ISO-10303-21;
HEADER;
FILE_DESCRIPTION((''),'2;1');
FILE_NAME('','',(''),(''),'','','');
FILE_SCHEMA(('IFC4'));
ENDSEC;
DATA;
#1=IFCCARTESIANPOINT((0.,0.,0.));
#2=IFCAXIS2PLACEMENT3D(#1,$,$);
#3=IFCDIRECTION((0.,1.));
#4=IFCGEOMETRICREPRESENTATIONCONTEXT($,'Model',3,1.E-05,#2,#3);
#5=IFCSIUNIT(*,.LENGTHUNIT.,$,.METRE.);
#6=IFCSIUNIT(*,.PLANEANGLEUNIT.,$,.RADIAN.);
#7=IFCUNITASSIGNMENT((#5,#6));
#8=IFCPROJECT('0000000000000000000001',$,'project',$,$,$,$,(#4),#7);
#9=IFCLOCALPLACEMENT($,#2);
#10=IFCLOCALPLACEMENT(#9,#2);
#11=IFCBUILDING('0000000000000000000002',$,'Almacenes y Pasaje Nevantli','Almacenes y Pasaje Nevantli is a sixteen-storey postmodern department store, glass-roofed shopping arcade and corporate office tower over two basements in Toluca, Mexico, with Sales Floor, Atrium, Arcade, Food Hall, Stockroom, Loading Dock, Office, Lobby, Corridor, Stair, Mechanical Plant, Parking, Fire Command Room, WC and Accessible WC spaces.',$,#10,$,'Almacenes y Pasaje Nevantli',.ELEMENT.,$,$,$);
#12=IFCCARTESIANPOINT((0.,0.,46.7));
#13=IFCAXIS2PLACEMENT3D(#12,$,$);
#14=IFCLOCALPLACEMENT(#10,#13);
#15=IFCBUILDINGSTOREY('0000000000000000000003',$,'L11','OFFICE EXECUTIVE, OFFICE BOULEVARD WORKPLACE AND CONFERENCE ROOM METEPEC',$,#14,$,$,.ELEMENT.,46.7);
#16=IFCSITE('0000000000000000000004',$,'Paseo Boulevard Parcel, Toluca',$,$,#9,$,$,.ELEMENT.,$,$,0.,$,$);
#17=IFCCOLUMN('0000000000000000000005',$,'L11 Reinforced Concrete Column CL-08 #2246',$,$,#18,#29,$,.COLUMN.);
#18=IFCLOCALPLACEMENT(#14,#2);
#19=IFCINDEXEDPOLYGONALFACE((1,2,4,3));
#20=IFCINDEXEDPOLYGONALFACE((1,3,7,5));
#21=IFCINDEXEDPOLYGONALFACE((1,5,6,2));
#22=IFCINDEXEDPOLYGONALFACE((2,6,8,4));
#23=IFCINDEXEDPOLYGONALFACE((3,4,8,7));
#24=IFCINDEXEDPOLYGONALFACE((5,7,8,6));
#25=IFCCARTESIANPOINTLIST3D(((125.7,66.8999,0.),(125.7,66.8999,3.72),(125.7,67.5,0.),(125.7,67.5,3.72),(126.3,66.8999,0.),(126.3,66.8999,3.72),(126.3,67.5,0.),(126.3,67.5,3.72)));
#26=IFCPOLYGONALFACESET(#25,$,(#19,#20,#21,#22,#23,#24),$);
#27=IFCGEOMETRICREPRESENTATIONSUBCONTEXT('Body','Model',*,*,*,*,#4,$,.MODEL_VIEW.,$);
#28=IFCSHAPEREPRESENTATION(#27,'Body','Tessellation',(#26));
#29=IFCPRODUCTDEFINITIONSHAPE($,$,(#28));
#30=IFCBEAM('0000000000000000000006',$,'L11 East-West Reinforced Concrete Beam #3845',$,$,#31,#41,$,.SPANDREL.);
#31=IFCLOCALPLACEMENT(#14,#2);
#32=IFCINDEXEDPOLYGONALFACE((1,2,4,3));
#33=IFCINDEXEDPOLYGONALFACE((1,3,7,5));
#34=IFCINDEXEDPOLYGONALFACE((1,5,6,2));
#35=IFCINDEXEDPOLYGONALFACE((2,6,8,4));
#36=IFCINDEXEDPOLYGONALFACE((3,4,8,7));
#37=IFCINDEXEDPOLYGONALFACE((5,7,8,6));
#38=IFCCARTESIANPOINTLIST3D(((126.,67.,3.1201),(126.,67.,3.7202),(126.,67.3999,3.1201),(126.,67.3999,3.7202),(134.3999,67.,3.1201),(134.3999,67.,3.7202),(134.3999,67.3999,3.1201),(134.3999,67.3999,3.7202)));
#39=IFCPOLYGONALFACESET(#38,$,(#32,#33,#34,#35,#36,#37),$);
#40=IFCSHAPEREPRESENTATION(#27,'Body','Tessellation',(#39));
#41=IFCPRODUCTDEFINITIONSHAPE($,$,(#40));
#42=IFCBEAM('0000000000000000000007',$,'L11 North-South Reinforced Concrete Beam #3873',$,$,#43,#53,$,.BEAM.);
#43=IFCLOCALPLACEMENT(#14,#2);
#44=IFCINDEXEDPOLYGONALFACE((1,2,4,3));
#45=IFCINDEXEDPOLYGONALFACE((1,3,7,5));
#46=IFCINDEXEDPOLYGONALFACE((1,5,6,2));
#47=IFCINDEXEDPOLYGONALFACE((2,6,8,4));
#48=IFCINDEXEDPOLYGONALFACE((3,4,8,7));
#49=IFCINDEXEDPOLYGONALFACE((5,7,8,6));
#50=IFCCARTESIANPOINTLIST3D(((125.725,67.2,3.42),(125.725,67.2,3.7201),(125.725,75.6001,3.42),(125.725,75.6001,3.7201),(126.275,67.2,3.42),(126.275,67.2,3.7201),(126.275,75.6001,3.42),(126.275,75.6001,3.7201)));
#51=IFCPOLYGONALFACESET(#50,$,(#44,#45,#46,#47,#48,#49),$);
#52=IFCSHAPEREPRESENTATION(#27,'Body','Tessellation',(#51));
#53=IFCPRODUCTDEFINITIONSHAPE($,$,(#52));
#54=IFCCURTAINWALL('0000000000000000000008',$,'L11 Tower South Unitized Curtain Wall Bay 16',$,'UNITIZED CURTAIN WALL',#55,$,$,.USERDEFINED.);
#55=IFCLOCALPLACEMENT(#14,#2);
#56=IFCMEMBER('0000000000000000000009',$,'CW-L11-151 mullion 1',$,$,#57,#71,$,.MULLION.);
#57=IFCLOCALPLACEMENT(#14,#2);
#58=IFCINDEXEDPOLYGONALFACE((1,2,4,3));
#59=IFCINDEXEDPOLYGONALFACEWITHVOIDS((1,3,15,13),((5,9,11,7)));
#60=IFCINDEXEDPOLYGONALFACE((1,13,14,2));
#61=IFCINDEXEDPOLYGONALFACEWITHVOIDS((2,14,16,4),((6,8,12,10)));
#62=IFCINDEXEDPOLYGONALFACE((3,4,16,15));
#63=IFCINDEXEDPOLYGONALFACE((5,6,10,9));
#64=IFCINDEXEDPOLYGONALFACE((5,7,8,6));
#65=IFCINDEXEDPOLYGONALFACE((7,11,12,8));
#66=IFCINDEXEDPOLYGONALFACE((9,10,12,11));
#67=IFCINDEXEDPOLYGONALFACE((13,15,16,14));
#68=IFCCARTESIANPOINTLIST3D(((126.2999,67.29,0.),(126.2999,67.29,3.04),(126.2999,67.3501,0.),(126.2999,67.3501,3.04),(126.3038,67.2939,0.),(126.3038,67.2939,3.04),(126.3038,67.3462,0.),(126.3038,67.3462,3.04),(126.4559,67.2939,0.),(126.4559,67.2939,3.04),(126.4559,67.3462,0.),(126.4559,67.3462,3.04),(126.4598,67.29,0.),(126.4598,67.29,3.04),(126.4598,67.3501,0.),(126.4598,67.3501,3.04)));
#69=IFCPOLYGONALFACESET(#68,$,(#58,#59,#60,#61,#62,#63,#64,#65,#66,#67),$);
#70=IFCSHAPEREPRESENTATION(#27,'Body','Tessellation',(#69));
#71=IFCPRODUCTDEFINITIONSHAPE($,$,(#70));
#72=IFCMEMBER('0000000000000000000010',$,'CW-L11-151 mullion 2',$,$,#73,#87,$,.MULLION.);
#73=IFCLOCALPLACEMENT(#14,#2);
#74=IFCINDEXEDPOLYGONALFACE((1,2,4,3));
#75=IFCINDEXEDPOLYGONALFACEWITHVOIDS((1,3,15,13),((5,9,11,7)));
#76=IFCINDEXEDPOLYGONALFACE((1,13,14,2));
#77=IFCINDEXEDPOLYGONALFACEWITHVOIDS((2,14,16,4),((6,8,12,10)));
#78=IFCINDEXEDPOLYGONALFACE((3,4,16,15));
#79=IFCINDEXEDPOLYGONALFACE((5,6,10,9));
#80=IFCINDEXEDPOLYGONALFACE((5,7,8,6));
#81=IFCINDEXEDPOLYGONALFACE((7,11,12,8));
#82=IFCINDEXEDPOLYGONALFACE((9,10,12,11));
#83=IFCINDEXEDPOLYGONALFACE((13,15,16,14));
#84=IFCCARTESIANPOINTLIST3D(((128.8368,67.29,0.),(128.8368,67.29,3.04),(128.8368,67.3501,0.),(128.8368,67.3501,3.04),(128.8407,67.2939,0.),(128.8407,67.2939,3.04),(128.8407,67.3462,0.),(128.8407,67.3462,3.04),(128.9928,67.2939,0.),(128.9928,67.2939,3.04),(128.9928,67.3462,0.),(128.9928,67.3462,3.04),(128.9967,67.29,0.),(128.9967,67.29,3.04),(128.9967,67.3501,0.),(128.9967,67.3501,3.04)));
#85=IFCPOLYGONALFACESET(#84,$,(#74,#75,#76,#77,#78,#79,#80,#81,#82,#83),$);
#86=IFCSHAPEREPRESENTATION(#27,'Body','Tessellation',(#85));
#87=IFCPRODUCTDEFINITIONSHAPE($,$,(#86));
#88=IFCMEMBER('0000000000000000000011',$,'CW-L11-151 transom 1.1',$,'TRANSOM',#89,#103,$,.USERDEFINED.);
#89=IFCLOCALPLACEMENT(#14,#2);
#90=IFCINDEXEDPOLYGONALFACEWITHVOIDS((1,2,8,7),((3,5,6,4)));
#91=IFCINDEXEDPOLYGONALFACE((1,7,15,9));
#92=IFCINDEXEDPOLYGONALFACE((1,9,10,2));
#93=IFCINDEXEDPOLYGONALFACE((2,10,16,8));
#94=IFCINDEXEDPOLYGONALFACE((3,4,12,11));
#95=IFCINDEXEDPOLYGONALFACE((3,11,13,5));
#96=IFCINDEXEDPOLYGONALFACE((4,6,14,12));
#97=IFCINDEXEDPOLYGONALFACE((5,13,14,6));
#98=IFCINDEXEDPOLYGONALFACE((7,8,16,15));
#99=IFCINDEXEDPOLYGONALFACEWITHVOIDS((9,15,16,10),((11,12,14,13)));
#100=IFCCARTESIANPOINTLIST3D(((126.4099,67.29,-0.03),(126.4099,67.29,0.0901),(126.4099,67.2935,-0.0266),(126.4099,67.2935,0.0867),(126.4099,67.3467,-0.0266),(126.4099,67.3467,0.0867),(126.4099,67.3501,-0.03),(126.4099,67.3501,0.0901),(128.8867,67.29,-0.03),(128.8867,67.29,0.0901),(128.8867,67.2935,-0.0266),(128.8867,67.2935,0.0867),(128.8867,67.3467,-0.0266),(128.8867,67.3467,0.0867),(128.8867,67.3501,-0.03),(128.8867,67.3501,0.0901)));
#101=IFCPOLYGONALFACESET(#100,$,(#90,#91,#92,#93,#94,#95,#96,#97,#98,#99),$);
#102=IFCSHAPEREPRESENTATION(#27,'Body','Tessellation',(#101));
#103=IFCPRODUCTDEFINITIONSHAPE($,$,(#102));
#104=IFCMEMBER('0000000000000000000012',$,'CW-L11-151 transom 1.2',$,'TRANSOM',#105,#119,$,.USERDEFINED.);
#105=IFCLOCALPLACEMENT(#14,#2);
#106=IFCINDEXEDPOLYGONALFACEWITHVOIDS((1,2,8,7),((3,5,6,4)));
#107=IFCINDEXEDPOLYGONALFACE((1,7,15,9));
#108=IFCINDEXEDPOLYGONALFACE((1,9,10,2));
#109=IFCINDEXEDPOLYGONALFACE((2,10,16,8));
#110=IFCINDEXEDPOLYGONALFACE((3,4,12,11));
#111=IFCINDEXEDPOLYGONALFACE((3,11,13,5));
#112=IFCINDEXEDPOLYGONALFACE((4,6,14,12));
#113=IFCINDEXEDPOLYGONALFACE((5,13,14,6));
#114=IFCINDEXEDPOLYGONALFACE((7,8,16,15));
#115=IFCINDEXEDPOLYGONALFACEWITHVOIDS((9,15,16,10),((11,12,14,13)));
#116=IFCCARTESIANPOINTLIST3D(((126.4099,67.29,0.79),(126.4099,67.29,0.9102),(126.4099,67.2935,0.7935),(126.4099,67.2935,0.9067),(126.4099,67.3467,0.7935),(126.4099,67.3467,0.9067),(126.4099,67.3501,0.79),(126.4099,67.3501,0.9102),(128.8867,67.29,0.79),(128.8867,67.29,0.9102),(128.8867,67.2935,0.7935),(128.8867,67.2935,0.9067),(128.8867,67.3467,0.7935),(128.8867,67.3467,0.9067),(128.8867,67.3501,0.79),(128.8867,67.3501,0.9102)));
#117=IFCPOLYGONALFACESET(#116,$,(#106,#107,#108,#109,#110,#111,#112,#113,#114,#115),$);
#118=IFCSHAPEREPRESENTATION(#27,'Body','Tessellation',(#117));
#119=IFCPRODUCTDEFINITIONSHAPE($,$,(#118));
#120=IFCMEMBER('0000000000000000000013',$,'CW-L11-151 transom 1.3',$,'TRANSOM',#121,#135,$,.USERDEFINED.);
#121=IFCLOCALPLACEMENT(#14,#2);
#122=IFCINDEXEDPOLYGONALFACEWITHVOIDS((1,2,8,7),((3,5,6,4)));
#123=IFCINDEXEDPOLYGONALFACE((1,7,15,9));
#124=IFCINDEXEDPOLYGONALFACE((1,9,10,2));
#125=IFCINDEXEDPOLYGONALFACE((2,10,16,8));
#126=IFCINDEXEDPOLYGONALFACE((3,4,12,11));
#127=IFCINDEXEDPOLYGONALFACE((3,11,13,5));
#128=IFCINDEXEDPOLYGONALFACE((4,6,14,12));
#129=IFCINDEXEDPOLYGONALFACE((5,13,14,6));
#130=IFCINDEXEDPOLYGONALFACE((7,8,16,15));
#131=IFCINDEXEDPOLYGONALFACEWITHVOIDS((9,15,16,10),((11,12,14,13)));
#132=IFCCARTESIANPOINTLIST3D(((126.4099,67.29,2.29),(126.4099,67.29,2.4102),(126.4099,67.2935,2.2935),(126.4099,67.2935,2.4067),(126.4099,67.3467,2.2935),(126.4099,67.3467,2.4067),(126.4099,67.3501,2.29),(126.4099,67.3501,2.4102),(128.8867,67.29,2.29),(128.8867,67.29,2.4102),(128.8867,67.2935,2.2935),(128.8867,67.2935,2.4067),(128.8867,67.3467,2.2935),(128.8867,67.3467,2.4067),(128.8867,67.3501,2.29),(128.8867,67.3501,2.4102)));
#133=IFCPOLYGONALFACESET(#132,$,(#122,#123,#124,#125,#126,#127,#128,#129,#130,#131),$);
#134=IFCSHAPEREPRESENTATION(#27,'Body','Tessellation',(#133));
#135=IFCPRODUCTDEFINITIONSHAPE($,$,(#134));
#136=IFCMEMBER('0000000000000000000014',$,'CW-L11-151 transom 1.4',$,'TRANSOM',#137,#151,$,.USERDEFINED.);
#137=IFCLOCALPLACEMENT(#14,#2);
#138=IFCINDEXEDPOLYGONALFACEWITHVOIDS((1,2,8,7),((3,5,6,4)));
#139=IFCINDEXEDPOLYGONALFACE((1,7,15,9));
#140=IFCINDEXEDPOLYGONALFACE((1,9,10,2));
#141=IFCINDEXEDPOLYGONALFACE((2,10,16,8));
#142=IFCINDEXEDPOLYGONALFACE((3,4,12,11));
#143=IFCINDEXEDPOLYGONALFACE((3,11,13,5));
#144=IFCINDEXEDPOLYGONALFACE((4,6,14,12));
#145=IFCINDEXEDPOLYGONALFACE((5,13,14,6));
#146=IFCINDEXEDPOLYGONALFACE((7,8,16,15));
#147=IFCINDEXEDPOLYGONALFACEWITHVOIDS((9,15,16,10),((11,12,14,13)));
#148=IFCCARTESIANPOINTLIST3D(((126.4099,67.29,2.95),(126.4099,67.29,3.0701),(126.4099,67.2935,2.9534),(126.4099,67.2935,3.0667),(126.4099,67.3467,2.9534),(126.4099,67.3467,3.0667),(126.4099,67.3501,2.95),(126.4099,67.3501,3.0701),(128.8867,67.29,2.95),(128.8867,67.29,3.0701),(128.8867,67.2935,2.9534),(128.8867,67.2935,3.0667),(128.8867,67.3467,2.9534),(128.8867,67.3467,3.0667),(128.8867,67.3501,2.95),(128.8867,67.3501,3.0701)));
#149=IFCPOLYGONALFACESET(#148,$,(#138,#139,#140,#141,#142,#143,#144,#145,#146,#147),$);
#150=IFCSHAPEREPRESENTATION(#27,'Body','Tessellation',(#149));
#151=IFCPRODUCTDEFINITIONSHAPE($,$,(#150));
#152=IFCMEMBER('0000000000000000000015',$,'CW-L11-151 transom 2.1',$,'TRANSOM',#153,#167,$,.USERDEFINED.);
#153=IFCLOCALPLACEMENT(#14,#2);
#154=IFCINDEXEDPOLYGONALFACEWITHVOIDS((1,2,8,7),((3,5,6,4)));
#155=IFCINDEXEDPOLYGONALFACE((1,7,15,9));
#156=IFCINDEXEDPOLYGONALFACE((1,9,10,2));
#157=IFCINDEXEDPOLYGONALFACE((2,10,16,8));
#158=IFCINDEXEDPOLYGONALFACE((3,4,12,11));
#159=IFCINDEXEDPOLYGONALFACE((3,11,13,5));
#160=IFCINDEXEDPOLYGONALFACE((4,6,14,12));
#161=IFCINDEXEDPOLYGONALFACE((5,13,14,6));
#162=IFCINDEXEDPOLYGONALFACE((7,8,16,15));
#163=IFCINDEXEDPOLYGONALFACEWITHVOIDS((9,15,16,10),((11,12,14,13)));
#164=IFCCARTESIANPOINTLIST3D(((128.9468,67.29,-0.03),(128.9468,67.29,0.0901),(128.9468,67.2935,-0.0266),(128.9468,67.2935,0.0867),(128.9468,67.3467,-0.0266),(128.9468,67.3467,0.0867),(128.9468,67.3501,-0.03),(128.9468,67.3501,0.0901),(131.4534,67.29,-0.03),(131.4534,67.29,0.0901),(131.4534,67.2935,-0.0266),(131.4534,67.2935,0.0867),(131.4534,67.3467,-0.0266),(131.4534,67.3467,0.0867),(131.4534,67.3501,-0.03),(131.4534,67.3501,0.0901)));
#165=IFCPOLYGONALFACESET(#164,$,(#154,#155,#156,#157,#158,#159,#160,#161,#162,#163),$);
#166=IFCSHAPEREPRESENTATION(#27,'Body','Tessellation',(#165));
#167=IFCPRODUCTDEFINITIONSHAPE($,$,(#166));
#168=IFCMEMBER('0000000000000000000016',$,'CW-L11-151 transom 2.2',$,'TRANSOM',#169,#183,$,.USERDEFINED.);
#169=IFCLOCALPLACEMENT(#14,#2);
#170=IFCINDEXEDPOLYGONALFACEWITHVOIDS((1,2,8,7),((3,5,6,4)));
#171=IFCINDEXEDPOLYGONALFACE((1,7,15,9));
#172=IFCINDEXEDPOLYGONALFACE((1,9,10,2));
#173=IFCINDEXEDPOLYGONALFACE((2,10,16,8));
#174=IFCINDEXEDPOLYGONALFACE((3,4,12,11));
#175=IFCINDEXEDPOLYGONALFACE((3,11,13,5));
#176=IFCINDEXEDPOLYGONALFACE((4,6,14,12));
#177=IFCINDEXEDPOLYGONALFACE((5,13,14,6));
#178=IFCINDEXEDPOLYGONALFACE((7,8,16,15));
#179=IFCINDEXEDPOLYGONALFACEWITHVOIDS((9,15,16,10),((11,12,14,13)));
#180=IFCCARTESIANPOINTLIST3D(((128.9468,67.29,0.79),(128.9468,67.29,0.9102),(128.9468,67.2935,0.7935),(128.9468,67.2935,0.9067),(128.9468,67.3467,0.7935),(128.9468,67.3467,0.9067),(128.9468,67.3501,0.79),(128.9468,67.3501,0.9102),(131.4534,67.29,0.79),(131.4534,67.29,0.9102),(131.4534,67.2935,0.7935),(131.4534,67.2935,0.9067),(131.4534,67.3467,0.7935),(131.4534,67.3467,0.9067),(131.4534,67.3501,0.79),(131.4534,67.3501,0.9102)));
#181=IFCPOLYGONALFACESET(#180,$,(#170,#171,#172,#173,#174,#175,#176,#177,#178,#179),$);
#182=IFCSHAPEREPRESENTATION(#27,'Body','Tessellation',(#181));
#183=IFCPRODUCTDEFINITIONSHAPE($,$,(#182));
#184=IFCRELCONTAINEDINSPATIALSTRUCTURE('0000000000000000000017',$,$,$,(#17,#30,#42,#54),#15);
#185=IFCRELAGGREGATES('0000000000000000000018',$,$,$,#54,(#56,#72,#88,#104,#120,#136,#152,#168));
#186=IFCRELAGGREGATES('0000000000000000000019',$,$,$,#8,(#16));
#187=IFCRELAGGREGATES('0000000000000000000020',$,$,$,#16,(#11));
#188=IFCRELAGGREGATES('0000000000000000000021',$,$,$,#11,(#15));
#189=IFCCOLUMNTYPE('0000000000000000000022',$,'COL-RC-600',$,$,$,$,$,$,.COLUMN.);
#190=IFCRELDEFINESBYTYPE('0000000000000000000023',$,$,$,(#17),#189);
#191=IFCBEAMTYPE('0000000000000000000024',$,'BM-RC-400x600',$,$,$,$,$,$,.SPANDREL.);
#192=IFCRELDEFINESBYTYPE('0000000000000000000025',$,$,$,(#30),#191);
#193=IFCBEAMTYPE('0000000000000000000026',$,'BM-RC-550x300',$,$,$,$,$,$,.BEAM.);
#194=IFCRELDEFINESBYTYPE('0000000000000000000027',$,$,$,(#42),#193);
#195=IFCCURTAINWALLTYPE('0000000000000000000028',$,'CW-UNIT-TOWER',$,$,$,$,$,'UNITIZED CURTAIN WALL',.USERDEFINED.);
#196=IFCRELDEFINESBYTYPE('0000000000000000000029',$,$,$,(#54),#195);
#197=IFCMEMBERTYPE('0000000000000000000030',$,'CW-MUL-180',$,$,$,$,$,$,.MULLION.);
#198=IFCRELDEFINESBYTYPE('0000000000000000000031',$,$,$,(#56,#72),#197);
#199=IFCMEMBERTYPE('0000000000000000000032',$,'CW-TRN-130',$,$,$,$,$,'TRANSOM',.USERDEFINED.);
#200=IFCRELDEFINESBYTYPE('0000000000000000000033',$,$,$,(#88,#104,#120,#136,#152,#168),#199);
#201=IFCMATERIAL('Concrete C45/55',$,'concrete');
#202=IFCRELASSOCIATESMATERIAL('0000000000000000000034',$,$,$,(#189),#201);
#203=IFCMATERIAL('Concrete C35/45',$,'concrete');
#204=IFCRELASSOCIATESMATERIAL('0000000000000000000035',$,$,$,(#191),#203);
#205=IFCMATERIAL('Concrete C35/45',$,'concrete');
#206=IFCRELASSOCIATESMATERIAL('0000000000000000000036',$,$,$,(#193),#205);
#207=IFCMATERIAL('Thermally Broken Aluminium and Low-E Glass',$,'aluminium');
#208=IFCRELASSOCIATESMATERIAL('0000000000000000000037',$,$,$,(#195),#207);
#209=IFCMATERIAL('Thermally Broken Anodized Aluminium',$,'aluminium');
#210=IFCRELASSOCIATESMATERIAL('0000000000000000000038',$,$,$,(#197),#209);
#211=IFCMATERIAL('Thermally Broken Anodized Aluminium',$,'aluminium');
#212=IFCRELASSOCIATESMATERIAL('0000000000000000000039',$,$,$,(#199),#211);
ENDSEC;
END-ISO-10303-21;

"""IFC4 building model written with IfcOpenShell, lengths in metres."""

from ifc_helpers import new_model, si_unit, direction, frame, origin, origin_2d, place, context, subcontext, project, spatial, rectangle, hollow_rectangle, extrude, material, material_profile, profile_set, type_object, element, aggregate, save


model = new_model("IFC4")

# Units and contexts
model_context = context("Model", 3, precision=1e-05, world=origin(), true_north=direction((0.0, 1.0)))
body_context = subcontext(model_context, "Body", "Model", "MODEL_VIEW")
ifc_project = project(units=[si_unit("LENGTHUNIT", "METRE"), si_unit("PLANEANGLEUNIT", "RADIAN")], contexts=[model_context])

# Site, building, storey
site_placement = place(None, origin())
site = spatial("IfcSite", under=ifc_project, at=site_placement, Name="Paseo Boulevard Parcel, Toluca", CompositionType="ELEMENT", RefElevation=0.0)
building_placement = place(site_placement, origin())
building = spatial("IfcBuilding", under=site, at=building_placement, Name="Almacenes y Pasaje Nevantli", Description="Almacenes y Pasaje Nevantli is a sixteen-storey postmodern department store, glass-roofed shopping arcade and corporate office tower over two basements in Toluca, Mexico, with Sales Floor, Atrium, Arcade, Food Hall, Stockroom, Loading Dock, Office, Lobby, Corridor, Stair, Mechanical Plant, Parking, Fire Command Room, WC and Accessible WC spaces.", LongName="Almacenes y Pasaje Nevantli", CompositionType="ELEMENT")
storey_placement = place(building_placement, frame((0.0, 0.0, 46.7)))
storey = spatial("IfcBuildingStorey", under=building, at=storey_placement, Name="L11", Description="OFFICE EXECUTIVE, OFFICE BOULEVARD WORKPLACE AND CONFERENCE ROOM METEPEC", CompositionType="ELEMENT", Elevation=46.7)

# Column
ifc_material_1 = material(Name="Concrete C45/55", Category="concrete")
ifc_material_profile_1 = material_profile(ifc_material_1, rectangle(XDim=0.6001, YDim=0.6001, at=origin_2d()), Name="RC-COL-600x600")
ifc_profile_set_1 = profile_set([ifc_material_profile_1], Name="Concrete C45/55")
column_type = type_object("IfcColumnType", Name="COL-RC-600", PredefinedType="COLUMN", material=ifc_profile_set_1)
column_placement = place(storey_placement, frame((126.0, 67.2, 0.0), z_axis=(0.0, 0.0, 1.0), x_axis=(1.0, 0.0, 0.0)))
element("IfcColumn", 1, at=column_placement, inside=storey, type_object=column_type, Name="L11 Reinforced Concrete Column CL-08 #2246", PredefinedType="COLUMN", context=body_context, shape_type="SweptSolid", body=[
    extrude(rectangle(XDim=0.6001, YDim=0.6001, at=origin_2d()), origin(), (0.0, 0.0, 1.0), 3.72),
])

# Beams
ifc_material_2 = material(Name="Concrete C35/45", Category="concrete")
ifc_material_profile_2 = material_profile(ifc_material_2, rectangle(XDim=0.3999, YDim=0.6001, at=origin_2d()), Name="RC-BM-400x600")
ifc_profile_set_2 = profile_set([ifc_material_profile_2], Name="Concrete C35/45")
beam_type_1 = type_object("IfcBeamType", Name="BM-RC-400x600", PredefinedType="SPANDREL", material=ifc_profile_set_2)
beam_1_placement = place(storey_placement, frame((126.0, 67.2, 3.4202), z_axis=(1.0, 0.0, 0.0), x_axis=(0.0, 1.0, 0.0)))
element("IfcBeam", 2, at=beam_1_placement, inside=storey, type_object=beam_type_1, Name="L11 East-West Reinforced Concrete Beam #3845", PredefinedType="SPANDREL", context=body_context, shape_type="SweptSolid", body=[
    extrude(rectangle(XDim=0.3999, YDim=0.6001, at=origin_2d()), origin(), (0.0, 0.0, 1.0), 8.3999),
])
ifc_material_3 = material(Name="Concrete C35/45", Category="concrete")
ifc_material_profile_3 = material_profile(ifc_material_3, rectangle(XDim=0.55, YDim=0.3, at=origin_2d()), Name="RC-BM-550x300")
ifc_profile_set_3 = profile_set([ifc_material_profile_3], Name="Concrete C35/45")
beam_type_2 = type_object("IfcBeamType", Name="BM-RC-550x300", PredefinedType="BEAM", material=ifc_profile_set_3)
beam_2_placement = place(storey_placement, frame((126.0, 67.2, 3.5701), z_axis=(0.0, 1.0, 0.0), x_axis=(-1.0, 0.0, 0.0)))
element("IfcBeam", 3, at=beam_2_placement, inside=storey, type_object=beam_type_2, Name="L11 North-South Reinforced Concrete Beam #3873", PredefinedType="BEAM", context=body_context, shape_type="SweptSolid", body=[
    extrude(rectangle(XDim=0.55, YDim=0.3, at=origin_2d()), origin(), (0.0, 0.0, 1.0), 8.4001),
])

# Curtain wall, members
ifc_material_4 = material(Name="Thermally Broken Aluminium and Low-E Glass", Category="aluminium")
curtain_wall_type = type_object("IfcCurtainWallType", Name="CW-UNIT-TOWER", ElementType="UNITIZED CURTAIN WALL", PredefinedType="USERDEFINED", material=ifc_material_4)
curtain_wall_placement = place(storey_placement, origin())
curtain_wall = element("IfcCurtainWall", 4, at=curtain_wall_placement, inside=storey, type_object=curtain_wall_type, Name="L11 Tower South Unitized Curtain Wall Bay 16", ObjectType="UNITIZED CURTAIN WALL", PredefinedType="USERDEFINED")
ifc_material_5 = material(Name="Thermally Broken Anodized Aluminium", Category="aluminium")
ifc_material_profile_4 = material_profile(ifc_material_5, hollow_rectangle(XDim=0.0601, YDim=0.1599, WallThickness=0.0039, at=origin_2d()), Name="ALU-MUL-60x160")
ifc_profile_set_4 = profile_set([ifc_material_profile_4], Name="Thermally Broken Anodized Aluminium")
member_type_1 = type_object("IfcMemberType", Name="CW-MUL-180", PredefinedType="MULLION", material=ifc_profile_set_4)
member_1_placement = place(storey_placement, frame((126.3799, 67.3201, 0.0), z_axis=(0.0, 0.0, 1.0), x_axis=(0.0, 1.0, 0.0)))
member_1 = element("IfcMember", 5, at=member_1_placement, type_object=member_type_1, Name="CW-L11-151 mullion 1", PredefinedType="MULLION", context=body_context, shape_type="SweptSolid", body=[
    extrude(hollow_rectangle(XDim=0.0601, YDim=0.1599, WallThickness=0.0039, at=origin_2d()), origin(), (0.0, 0.0, 1.0), 3.04),
])
member_2_placement = place(storey_placement, frame((128.9167, 67.3201, 0.0), z_axis=(0.0, 0.0, 1.0), x_axis=(0.0, 1.0, 0.0)))
member_2 = element("IfcMember", 6, at=member_2_placement, type_object=member_type_1, Name="CW-L11-151 mullion 2", PredefinedType="MULLION", context=body_context, shape_type="SweptSolid", body=[
    extrude(hollow_rectangle(XDim=0.0601, YDim=0.1599, WallThickness=0.0039, at=origin_2d()), origin(), (0.0, 0.0, 1.0), 3.04),
])
ifc_material_6 = material(Name="Thermally Broken Anodized Aluminium", Category="aluminium")
ifc_material_profile_5 = material_profile(ifc_material_6, hollow_rectangle(XDim=0.0601, YDim=0.1201, WallThickness=0.0034, at=origin_2d()), Name="ALU-TRN-60x120")
ifc_profile_set_5 = profile_set([ifc_material_profile_5], Name="Thermally Broken Anodized Aluminium")
member_type_2 = type_object("IfcMemberType", Name="CW-TRN-130", ElementType="TRANSOM", PredefinedType="USERDEFINED", material=ifc_profile_set_5)
member_3_placement = place(storey_placement, frame((126.4099, 67.3201, 0.03), z_axis=(1.0, 0.0, 0.0), x_axis=(0.0, 1.0, 0.0)))
member_3 = element("IfcMember", 7, at=member_3_placement, type_object=member_type_2, Name="CW-L11-151 transom 1.1", ObjectType="TRANSOM", PredefinedType="USERDEFINED", context=body_context, shape_type="SweptSolid", body=[
    extrude(hollow_rectangle(XDim=0.0601, YDim=0.1201, WallThickness=0.0034, at=origin_2d()), origin(), (0.0, 0.0, 1.0), 2.4768),
])
member_4_placement = place(storey_placement, frame((126.4099, 67.3201, 0.8501), z_axis=(1.0, 0.0, 0.0), x_axis=(0.0, 1.0, 0.0)))
member_4 = element("IfcMember", 8, at=member_4_placement, type_object=member_type_2, Name="CW-L11-151 transom 1.2", ObjectType="TRANSOM", PredefinedType="USERDEFINED", context=body_context, shape_type="SweptSolid", body=[
    extrude(hollow_rectangle(XDim=0.0601, YDim=0.1201, WallThickness=0.0034, at=origin_2d()), origin(), (0.0, 0.0, 1.0), 2.4768),
])
member_5_placement = place(storey_placement, frame((126.4099, 67.3201, 2.3501), z_axis=(1.0, 0.0, 0.0), x_axis=(0.0, 1.0, 0.0)))
member_5 = element("IfcMember", 9, at=member_5_placement, type_object=member_type_2, Name="CW-L11-151 transom 1.3", ObjectType="TRANSOM", PredefinedType="USERDEFINED", context=body_context, shape_type="SweptSolid", body=[
    extrude(hollow_rectangle(XDim=0.0601, YDim=0.1201, WallThickness=0.0034, at=origin_2d()), origin(), (0.0, 0.0, 1.0), 2.4768),
])
member_6_placement = place(storey_placement, frame((126.4099, 67.3201, 3.01), z_axis=(1.0, 0.0, 0.0), x_axis=(0.0, 1.0, 0.0)))
member_6 = element("IfcMember", 10, at=member_6_placement, type_object=member_type_2, Name="CW-L11-151 transom 1.4", ObjectType="TRANSOM", PredefinedType="USERDEFINED", context=body_context, shape_type="SweptSolid", body=[
    extrude(hollow_rectangle(XDim=0.0601, YDim=0.1201, WallThickness=0.0034, at=origin_2d()), origin(), (0.0, 0.0, 1.0), 2.4768),
])
member_7_placement = place(storey_placement, frame((128.9468, 67.3201, 0.03), z_axis=(1.0, 0.0, 0.0), x_axis=(0.0, 1.0, 0.0)))
member_7 = element("IfcMember", 11, at=member_7_placement, type_object=member_type_2, Name="CW-L11-151 transom 2.1", ObjectType="TRANSOM", PredefinedType="USERDEFINED", context=body_context, shape_type="SweptSolid", body=[
    extrude(hollow_rectangle(XDim=0.0601, YDim=0.1201, WallThickness=0.0034, at=origin_2d()), origin(), (0.0, 0.0, 1.0), 2.5066),
])
member_8_placement = place(storey_placement, frame((128.9468, 67.3201, 0.8501), z_axis=(1.0, 0.0, 0.0), x_axis=(0.0, 1.0, 0.0)))
member_8 = element("IfcMember", 12, at=member_8_placement, type_object=member_type_2, Name="CW-L11-151 transom 2.2", ObjectType="TRANSOM", PredefinedType="USERDEFINED", context=body_context, shape_type="SweptSolid", body=[
    extrude(hollow_rectangle(XDim=0.0601, YDim=0.1201, WallThickness=0.0034, at=origin_2d()), origin(), (0.0, 0.0, 1.0), 2.5066),
])
aggregate(curtain_wall, [member_1, member_2, member_3, member_4, member_5, member_6, member_7, member_8])

save(model, "model.ifc")
